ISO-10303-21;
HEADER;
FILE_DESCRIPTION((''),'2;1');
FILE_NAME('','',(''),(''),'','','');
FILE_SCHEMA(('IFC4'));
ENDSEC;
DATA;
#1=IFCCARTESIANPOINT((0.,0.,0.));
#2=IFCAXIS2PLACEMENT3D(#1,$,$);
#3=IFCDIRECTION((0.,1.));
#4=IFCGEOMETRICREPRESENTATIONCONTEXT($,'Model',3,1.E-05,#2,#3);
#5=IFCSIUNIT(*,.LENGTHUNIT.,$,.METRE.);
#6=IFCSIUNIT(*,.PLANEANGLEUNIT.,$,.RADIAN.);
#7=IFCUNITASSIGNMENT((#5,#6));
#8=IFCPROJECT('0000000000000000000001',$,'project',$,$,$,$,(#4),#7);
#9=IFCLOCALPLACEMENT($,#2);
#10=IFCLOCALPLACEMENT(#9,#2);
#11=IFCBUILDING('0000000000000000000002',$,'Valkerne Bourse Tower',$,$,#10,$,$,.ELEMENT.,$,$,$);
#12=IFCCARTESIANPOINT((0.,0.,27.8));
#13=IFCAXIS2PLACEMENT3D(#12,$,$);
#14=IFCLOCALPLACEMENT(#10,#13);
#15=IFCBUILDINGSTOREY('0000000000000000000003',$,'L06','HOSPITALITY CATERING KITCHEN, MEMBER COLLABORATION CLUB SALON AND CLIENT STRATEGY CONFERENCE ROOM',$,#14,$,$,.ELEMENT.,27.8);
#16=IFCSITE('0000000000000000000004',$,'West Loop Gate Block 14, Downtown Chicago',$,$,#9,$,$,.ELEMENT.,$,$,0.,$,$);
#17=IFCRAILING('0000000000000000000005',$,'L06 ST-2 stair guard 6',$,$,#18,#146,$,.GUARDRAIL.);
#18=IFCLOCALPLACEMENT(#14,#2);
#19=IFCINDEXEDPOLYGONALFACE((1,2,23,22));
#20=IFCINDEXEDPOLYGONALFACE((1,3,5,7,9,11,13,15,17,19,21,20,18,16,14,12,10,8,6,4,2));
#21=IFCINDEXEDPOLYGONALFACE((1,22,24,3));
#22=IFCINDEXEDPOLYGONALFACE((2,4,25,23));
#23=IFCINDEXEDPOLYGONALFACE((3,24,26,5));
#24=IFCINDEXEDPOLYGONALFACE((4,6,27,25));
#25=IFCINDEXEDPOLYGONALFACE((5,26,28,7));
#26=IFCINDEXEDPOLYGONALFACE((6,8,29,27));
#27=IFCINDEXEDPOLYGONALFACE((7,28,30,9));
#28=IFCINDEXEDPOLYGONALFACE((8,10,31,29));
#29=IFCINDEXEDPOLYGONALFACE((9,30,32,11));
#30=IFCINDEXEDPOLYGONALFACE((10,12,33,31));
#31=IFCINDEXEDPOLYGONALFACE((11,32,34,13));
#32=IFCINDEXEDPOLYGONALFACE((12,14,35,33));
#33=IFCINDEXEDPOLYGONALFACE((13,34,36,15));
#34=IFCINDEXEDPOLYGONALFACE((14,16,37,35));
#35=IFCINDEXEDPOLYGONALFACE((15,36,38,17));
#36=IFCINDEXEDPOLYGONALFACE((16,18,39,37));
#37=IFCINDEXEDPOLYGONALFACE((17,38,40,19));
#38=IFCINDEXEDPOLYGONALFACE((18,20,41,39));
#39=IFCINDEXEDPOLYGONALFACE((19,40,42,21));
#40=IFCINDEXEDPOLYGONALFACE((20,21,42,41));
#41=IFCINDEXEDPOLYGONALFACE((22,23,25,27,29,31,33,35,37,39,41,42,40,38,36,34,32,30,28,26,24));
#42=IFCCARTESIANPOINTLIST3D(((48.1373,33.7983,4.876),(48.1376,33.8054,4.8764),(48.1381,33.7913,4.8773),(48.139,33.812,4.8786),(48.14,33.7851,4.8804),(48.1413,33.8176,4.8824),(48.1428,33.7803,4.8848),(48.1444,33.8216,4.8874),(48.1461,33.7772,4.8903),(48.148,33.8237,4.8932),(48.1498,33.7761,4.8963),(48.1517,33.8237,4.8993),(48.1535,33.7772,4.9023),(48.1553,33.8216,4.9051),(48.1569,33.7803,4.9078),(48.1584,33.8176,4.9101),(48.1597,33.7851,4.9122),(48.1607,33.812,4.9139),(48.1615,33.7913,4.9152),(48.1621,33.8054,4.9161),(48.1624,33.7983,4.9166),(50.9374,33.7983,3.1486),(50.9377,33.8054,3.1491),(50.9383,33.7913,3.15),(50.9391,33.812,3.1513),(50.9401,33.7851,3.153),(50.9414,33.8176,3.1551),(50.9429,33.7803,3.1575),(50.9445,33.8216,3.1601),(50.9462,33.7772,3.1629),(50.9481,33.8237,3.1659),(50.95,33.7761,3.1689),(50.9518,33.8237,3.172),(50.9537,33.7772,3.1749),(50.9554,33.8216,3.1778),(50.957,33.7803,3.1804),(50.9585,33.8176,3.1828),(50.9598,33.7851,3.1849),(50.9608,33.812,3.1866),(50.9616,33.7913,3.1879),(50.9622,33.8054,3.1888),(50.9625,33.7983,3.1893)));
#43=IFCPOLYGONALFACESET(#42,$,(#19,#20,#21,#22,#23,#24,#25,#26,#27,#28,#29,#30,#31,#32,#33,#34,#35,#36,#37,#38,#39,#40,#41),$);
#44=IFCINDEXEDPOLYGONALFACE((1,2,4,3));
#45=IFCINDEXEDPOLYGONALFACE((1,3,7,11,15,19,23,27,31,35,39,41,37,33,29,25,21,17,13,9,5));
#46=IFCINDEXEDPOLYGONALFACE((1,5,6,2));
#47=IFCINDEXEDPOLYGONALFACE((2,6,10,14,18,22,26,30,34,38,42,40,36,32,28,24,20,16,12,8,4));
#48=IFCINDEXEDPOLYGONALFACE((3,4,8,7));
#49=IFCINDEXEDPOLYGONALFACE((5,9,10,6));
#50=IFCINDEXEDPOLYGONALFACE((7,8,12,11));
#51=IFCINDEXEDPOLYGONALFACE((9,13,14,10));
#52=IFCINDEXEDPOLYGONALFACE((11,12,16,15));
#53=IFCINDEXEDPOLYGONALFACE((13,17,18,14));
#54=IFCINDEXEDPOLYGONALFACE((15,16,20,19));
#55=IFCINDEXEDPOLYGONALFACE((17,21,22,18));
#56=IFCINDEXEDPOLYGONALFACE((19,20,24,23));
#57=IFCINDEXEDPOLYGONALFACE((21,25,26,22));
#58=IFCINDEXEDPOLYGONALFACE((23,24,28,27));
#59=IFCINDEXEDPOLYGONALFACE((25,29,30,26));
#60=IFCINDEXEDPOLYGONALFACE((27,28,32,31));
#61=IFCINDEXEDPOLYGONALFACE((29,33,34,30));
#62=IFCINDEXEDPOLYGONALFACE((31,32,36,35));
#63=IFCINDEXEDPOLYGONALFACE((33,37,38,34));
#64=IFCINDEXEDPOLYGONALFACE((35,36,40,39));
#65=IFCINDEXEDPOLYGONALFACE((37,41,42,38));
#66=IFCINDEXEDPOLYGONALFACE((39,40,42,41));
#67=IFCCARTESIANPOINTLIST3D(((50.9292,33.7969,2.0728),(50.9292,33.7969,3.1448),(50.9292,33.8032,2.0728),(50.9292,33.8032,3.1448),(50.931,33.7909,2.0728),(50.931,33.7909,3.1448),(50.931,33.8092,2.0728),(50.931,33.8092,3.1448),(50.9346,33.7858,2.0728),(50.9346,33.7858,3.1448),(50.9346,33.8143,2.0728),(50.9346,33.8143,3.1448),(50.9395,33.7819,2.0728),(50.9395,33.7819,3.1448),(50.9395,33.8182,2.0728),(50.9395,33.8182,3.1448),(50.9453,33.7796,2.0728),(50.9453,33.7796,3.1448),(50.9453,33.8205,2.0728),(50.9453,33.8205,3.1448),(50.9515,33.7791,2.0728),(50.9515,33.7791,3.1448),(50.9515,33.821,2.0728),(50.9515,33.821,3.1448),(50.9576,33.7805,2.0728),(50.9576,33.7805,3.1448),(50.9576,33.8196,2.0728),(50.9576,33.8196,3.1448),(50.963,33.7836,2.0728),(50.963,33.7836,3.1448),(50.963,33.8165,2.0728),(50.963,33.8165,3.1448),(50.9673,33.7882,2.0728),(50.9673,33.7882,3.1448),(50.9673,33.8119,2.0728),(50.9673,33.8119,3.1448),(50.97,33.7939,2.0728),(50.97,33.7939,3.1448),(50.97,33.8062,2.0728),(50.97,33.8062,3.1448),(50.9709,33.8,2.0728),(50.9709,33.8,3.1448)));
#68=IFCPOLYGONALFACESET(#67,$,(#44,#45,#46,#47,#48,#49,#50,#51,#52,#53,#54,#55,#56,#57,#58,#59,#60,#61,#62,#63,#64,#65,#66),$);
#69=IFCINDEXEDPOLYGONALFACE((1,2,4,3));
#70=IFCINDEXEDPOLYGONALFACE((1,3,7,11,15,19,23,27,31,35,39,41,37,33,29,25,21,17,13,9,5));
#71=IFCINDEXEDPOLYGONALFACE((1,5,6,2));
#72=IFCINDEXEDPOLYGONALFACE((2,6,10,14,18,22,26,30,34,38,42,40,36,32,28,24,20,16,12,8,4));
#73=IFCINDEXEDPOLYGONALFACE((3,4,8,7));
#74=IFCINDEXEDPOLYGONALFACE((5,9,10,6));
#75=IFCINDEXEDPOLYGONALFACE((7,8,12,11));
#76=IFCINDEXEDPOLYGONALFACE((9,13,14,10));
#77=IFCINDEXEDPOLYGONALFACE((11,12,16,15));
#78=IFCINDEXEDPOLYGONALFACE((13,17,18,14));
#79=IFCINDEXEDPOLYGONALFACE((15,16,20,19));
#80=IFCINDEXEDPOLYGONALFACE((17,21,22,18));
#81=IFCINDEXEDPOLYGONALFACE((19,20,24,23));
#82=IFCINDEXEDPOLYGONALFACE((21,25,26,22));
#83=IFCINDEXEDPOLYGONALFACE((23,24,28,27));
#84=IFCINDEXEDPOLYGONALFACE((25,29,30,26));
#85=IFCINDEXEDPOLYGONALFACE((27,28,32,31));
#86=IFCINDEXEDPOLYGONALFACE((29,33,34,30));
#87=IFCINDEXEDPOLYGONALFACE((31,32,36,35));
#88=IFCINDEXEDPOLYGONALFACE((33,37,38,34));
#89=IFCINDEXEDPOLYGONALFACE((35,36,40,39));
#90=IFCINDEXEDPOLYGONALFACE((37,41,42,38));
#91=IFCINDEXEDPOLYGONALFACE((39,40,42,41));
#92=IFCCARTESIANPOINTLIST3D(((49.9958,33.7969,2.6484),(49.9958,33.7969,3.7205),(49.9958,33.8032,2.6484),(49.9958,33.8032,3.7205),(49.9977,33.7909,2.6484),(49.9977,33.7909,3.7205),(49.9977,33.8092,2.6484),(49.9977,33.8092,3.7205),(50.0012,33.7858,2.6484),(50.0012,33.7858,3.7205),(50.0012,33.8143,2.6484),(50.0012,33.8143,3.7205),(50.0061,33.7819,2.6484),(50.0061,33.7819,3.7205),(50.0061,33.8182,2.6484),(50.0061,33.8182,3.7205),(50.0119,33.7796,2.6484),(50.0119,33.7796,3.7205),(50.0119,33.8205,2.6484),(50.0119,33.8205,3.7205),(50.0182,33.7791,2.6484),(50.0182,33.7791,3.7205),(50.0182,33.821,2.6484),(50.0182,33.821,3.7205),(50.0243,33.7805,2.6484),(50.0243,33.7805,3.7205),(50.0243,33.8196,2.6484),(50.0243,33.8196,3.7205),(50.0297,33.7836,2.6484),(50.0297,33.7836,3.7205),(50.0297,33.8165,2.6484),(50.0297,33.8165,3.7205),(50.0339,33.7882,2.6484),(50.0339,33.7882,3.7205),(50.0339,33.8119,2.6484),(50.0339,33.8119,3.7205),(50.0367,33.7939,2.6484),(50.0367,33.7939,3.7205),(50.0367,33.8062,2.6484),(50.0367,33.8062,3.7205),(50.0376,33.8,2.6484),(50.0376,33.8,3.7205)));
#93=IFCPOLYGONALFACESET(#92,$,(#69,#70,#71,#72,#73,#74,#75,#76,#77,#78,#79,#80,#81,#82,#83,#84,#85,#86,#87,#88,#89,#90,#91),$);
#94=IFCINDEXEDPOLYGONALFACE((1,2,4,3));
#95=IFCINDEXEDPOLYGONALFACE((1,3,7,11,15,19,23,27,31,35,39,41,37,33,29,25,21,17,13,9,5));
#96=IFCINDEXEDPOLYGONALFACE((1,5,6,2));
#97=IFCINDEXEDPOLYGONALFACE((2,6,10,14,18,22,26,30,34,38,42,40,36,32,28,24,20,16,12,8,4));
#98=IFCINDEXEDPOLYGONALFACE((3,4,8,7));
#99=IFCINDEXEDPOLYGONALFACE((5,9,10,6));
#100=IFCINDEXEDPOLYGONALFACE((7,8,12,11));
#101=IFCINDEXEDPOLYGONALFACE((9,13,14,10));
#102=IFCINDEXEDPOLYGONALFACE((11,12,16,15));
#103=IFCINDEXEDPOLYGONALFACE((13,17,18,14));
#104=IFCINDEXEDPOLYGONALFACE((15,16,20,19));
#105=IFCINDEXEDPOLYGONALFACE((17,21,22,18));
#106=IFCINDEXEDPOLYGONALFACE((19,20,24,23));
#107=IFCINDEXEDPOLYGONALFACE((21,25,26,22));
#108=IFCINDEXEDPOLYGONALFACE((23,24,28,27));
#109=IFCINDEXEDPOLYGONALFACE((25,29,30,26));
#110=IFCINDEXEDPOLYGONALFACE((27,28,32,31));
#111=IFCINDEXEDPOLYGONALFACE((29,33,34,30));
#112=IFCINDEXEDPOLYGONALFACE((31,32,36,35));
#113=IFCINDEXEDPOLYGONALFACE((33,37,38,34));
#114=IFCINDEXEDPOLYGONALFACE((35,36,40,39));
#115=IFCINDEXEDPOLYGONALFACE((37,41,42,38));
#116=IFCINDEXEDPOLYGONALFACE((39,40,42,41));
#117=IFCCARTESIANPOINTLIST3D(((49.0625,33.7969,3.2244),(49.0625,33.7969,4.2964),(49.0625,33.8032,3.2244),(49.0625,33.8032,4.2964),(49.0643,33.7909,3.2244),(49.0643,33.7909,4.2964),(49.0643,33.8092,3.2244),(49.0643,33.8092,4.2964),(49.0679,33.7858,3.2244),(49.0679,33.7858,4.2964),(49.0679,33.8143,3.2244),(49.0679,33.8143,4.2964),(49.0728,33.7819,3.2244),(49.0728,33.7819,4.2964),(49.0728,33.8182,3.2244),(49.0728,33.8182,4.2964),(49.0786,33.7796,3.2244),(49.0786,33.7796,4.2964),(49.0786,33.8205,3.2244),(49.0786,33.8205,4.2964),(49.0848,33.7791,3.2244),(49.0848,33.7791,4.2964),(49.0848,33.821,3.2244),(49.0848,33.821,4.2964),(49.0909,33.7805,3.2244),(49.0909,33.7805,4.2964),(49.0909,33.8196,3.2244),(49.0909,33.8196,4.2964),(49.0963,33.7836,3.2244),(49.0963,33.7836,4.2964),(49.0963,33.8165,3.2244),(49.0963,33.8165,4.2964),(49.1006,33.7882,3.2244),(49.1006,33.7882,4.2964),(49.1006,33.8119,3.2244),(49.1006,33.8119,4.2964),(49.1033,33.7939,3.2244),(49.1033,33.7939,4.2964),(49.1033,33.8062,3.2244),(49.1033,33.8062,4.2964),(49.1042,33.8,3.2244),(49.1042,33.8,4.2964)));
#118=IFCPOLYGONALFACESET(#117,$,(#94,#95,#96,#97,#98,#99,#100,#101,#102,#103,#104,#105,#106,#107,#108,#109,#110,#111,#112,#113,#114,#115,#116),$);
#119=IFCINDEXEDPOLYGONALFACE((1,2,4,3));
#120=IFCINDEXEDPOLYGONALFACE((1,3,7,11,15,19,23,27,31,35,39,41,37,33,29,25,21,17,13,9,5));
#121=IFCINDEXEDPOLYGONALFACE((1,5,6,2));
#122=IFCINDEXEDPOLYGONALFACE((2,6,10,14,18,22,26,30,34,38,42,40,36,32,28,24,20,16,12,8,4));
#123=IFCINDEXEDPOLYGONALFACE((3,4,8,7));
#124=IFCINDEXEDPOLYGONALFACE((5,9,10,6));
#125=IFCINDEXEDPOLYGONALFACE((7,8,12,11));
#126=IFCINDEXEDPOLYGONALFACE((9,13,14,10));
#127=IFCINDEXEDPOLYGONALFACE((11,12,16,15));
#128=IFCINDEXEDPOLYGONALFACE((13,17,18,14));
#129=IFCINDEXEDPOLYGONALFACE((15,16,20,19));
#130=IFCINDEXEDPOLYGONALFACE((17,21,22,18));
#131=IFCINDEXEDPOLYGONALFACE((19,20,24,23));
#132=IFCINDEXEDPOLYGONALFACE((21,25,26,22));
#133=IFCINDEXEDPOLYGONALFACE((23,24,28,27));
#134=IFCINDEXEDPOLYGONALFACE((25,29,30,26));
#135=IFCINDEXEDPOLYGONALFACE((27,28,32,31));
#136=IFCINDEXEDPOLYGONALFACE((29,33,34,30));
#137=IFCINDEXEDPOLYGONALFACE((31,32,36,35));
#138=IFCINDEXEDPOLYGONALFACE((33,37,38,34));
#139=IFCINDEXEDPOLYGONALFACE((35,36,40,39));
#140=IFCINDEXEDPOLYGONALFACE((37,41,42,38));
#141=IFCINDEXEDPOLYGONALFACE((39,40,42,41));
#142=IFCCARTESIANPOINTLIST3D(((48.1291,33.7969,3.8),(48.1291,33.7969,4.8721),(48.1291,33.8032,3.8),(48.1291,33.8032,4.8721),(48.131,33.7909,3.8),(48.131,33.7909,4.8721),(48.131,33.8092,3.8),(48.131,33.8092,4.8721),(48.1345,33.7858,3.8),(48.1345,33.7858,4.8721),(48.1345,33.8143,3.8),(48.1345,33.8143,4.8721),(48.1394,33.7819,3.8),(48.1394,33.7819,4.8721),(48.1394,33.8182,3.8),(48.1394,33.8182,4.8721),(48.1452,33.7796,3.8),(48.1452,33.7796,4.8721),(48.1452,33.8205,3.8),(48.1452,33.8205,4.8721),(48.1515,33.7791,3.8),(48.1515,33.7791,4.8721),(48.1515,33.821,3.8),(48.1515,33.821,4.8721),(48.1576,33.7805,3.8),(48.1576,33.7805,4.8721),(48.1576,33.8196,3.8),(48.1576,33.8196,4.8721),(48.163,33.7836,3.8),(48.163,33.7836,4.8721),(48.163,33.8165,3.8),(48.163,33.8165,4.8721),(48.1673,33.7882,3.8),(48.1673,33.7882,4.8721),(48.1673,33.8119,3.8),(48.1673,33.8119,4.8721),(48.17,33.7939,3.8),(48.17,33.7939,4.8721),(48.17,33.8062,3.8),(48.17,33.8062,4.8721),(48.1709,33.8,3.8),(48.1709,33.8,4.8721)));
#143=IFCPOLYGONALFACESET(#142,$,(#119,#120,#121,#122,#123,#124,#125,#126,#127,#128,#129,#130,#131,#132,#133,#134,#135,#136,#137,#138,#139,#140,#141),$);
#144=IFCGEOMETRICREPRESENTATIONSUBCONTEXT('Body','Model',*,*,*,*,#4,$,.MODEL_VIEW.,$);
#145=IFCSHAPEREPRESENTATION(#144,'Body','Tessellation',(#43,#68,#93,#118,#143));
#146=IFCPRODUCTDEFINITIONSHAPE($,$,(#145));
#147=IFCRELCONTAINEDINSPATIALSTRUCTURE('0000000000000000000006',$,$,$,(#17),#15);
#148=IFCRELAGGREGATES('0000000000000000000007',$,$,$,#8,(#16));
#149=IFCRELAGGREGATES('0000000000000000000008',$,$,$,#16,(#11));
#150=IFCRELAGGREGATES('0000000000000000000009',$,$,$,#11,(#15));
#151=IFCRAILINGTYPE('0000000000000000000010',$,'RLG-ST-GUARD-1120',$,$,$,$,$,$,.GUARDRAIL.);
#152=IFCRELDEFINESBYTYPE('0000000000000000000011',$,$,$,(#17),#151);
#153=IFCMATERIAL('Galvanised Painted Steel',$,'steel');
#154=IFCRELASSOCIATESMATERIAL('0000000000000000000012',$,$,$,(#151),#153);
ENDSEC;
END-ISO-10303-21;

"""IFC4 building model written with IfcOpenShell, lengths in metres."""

from ifc_helpers import new_model, si_unit, direction, frame, origin, origin_2d, place, context, subcontext, project, spatial, circle, extrude, material, type_object, element, save


model = new_model("IFC4")

# Units and contexts
model_context = context("Model", 3, precision=1e-05, world=origin(), true_north=direction((0.0, 1.0)))
body_context = subcontext(model_context, "Body", "Model", "MODEL_VIEW")
ifc_project = project(units=[si_unit("LENGTHUNIT", "METRE"), si_unit("PLANEANGLEUNIT", "RADIAN")], contexts=[model_context])

# Site, building, storey
site_placement = place(None, origin())
site = spatial("IfcSite", under=ifc_project, at=site_placement, Name="West Loop Gate Block 14, Downtown Chicago", CompositionType="ELEMENT", RefElevation=0.0)
building_placement = place(site_placement, origin())
building = spatial("IfcBuilding", under=site, at=building_placement, Name="Valkerne Bourse Tower", CompositionType="ELEMENT")
storey_placement = place(building_placement, frame((0.0, 0.0, 27.8)))
storey = spatial("IfcBuildingStorey", under=building, at=storey_placement, Name="L06", Description="HOSPITALITY CATERING KITCHEN, MEMBER COLLABORATION CLUB SALON AND CLIENT STRATEGY CONFERENCE ROOM", CompositionType="ELEMENT", Elevation=27.8)

# Shared definitions
ifc_material_1 = material(Name="Galvanised Painted Steel", Category="steel")

# Railing
railing_type_1 = type_object("IfcRailingType", Name="RLG-ST-GUARD-1120", PredefinedType="GUARDRAIL", material=ifc_material_1)
railing_1_placement = place(storey_placement, frame((50.95, 33.8, 2.0728)))
element("IfcRailing", 1, at=railing_1_placement, inside=storey, type_object=railing_type_1, Name="L06 ST-2 stair guard 6", PredefinedType="GUARDRAIL", context=body_context, shape_type="SweptSolid", body=[
    extrude(circle(Radius=0.0239, at=origin_2d()), frame((0.0, 0.0, 1.0962), z_axis=(-0.85109, 0.0, 0.52502), x_axis=(0.0, -1.0, 0.0)), (0.0, 0.0, 1.0), 3.29),
    extrude(circle(Radius=0.021, at=origin_2d()), origin(), (0.0, 0.0, 1.0), 1.072),
    extrude(circle(Radius=0.021, at=origin_2d()), frame((-0.9333, 0.0, 0.5757)), (0.0, 0.0, 1.0), 1.072),
    extrude(circle(Radius=0.021, at=origin_2d()), frame((-1.8667, 0.0, 1.1516)), (0.0, 0.0, 1.0), 1.072),
    extrude(circle(Radius=0.021, at=origin_2d()), frame((-2.8, 0.0, 1.7273)), (0.0, 0.0, 1.0), 1.072),
])

save(model, "model.ifc")
